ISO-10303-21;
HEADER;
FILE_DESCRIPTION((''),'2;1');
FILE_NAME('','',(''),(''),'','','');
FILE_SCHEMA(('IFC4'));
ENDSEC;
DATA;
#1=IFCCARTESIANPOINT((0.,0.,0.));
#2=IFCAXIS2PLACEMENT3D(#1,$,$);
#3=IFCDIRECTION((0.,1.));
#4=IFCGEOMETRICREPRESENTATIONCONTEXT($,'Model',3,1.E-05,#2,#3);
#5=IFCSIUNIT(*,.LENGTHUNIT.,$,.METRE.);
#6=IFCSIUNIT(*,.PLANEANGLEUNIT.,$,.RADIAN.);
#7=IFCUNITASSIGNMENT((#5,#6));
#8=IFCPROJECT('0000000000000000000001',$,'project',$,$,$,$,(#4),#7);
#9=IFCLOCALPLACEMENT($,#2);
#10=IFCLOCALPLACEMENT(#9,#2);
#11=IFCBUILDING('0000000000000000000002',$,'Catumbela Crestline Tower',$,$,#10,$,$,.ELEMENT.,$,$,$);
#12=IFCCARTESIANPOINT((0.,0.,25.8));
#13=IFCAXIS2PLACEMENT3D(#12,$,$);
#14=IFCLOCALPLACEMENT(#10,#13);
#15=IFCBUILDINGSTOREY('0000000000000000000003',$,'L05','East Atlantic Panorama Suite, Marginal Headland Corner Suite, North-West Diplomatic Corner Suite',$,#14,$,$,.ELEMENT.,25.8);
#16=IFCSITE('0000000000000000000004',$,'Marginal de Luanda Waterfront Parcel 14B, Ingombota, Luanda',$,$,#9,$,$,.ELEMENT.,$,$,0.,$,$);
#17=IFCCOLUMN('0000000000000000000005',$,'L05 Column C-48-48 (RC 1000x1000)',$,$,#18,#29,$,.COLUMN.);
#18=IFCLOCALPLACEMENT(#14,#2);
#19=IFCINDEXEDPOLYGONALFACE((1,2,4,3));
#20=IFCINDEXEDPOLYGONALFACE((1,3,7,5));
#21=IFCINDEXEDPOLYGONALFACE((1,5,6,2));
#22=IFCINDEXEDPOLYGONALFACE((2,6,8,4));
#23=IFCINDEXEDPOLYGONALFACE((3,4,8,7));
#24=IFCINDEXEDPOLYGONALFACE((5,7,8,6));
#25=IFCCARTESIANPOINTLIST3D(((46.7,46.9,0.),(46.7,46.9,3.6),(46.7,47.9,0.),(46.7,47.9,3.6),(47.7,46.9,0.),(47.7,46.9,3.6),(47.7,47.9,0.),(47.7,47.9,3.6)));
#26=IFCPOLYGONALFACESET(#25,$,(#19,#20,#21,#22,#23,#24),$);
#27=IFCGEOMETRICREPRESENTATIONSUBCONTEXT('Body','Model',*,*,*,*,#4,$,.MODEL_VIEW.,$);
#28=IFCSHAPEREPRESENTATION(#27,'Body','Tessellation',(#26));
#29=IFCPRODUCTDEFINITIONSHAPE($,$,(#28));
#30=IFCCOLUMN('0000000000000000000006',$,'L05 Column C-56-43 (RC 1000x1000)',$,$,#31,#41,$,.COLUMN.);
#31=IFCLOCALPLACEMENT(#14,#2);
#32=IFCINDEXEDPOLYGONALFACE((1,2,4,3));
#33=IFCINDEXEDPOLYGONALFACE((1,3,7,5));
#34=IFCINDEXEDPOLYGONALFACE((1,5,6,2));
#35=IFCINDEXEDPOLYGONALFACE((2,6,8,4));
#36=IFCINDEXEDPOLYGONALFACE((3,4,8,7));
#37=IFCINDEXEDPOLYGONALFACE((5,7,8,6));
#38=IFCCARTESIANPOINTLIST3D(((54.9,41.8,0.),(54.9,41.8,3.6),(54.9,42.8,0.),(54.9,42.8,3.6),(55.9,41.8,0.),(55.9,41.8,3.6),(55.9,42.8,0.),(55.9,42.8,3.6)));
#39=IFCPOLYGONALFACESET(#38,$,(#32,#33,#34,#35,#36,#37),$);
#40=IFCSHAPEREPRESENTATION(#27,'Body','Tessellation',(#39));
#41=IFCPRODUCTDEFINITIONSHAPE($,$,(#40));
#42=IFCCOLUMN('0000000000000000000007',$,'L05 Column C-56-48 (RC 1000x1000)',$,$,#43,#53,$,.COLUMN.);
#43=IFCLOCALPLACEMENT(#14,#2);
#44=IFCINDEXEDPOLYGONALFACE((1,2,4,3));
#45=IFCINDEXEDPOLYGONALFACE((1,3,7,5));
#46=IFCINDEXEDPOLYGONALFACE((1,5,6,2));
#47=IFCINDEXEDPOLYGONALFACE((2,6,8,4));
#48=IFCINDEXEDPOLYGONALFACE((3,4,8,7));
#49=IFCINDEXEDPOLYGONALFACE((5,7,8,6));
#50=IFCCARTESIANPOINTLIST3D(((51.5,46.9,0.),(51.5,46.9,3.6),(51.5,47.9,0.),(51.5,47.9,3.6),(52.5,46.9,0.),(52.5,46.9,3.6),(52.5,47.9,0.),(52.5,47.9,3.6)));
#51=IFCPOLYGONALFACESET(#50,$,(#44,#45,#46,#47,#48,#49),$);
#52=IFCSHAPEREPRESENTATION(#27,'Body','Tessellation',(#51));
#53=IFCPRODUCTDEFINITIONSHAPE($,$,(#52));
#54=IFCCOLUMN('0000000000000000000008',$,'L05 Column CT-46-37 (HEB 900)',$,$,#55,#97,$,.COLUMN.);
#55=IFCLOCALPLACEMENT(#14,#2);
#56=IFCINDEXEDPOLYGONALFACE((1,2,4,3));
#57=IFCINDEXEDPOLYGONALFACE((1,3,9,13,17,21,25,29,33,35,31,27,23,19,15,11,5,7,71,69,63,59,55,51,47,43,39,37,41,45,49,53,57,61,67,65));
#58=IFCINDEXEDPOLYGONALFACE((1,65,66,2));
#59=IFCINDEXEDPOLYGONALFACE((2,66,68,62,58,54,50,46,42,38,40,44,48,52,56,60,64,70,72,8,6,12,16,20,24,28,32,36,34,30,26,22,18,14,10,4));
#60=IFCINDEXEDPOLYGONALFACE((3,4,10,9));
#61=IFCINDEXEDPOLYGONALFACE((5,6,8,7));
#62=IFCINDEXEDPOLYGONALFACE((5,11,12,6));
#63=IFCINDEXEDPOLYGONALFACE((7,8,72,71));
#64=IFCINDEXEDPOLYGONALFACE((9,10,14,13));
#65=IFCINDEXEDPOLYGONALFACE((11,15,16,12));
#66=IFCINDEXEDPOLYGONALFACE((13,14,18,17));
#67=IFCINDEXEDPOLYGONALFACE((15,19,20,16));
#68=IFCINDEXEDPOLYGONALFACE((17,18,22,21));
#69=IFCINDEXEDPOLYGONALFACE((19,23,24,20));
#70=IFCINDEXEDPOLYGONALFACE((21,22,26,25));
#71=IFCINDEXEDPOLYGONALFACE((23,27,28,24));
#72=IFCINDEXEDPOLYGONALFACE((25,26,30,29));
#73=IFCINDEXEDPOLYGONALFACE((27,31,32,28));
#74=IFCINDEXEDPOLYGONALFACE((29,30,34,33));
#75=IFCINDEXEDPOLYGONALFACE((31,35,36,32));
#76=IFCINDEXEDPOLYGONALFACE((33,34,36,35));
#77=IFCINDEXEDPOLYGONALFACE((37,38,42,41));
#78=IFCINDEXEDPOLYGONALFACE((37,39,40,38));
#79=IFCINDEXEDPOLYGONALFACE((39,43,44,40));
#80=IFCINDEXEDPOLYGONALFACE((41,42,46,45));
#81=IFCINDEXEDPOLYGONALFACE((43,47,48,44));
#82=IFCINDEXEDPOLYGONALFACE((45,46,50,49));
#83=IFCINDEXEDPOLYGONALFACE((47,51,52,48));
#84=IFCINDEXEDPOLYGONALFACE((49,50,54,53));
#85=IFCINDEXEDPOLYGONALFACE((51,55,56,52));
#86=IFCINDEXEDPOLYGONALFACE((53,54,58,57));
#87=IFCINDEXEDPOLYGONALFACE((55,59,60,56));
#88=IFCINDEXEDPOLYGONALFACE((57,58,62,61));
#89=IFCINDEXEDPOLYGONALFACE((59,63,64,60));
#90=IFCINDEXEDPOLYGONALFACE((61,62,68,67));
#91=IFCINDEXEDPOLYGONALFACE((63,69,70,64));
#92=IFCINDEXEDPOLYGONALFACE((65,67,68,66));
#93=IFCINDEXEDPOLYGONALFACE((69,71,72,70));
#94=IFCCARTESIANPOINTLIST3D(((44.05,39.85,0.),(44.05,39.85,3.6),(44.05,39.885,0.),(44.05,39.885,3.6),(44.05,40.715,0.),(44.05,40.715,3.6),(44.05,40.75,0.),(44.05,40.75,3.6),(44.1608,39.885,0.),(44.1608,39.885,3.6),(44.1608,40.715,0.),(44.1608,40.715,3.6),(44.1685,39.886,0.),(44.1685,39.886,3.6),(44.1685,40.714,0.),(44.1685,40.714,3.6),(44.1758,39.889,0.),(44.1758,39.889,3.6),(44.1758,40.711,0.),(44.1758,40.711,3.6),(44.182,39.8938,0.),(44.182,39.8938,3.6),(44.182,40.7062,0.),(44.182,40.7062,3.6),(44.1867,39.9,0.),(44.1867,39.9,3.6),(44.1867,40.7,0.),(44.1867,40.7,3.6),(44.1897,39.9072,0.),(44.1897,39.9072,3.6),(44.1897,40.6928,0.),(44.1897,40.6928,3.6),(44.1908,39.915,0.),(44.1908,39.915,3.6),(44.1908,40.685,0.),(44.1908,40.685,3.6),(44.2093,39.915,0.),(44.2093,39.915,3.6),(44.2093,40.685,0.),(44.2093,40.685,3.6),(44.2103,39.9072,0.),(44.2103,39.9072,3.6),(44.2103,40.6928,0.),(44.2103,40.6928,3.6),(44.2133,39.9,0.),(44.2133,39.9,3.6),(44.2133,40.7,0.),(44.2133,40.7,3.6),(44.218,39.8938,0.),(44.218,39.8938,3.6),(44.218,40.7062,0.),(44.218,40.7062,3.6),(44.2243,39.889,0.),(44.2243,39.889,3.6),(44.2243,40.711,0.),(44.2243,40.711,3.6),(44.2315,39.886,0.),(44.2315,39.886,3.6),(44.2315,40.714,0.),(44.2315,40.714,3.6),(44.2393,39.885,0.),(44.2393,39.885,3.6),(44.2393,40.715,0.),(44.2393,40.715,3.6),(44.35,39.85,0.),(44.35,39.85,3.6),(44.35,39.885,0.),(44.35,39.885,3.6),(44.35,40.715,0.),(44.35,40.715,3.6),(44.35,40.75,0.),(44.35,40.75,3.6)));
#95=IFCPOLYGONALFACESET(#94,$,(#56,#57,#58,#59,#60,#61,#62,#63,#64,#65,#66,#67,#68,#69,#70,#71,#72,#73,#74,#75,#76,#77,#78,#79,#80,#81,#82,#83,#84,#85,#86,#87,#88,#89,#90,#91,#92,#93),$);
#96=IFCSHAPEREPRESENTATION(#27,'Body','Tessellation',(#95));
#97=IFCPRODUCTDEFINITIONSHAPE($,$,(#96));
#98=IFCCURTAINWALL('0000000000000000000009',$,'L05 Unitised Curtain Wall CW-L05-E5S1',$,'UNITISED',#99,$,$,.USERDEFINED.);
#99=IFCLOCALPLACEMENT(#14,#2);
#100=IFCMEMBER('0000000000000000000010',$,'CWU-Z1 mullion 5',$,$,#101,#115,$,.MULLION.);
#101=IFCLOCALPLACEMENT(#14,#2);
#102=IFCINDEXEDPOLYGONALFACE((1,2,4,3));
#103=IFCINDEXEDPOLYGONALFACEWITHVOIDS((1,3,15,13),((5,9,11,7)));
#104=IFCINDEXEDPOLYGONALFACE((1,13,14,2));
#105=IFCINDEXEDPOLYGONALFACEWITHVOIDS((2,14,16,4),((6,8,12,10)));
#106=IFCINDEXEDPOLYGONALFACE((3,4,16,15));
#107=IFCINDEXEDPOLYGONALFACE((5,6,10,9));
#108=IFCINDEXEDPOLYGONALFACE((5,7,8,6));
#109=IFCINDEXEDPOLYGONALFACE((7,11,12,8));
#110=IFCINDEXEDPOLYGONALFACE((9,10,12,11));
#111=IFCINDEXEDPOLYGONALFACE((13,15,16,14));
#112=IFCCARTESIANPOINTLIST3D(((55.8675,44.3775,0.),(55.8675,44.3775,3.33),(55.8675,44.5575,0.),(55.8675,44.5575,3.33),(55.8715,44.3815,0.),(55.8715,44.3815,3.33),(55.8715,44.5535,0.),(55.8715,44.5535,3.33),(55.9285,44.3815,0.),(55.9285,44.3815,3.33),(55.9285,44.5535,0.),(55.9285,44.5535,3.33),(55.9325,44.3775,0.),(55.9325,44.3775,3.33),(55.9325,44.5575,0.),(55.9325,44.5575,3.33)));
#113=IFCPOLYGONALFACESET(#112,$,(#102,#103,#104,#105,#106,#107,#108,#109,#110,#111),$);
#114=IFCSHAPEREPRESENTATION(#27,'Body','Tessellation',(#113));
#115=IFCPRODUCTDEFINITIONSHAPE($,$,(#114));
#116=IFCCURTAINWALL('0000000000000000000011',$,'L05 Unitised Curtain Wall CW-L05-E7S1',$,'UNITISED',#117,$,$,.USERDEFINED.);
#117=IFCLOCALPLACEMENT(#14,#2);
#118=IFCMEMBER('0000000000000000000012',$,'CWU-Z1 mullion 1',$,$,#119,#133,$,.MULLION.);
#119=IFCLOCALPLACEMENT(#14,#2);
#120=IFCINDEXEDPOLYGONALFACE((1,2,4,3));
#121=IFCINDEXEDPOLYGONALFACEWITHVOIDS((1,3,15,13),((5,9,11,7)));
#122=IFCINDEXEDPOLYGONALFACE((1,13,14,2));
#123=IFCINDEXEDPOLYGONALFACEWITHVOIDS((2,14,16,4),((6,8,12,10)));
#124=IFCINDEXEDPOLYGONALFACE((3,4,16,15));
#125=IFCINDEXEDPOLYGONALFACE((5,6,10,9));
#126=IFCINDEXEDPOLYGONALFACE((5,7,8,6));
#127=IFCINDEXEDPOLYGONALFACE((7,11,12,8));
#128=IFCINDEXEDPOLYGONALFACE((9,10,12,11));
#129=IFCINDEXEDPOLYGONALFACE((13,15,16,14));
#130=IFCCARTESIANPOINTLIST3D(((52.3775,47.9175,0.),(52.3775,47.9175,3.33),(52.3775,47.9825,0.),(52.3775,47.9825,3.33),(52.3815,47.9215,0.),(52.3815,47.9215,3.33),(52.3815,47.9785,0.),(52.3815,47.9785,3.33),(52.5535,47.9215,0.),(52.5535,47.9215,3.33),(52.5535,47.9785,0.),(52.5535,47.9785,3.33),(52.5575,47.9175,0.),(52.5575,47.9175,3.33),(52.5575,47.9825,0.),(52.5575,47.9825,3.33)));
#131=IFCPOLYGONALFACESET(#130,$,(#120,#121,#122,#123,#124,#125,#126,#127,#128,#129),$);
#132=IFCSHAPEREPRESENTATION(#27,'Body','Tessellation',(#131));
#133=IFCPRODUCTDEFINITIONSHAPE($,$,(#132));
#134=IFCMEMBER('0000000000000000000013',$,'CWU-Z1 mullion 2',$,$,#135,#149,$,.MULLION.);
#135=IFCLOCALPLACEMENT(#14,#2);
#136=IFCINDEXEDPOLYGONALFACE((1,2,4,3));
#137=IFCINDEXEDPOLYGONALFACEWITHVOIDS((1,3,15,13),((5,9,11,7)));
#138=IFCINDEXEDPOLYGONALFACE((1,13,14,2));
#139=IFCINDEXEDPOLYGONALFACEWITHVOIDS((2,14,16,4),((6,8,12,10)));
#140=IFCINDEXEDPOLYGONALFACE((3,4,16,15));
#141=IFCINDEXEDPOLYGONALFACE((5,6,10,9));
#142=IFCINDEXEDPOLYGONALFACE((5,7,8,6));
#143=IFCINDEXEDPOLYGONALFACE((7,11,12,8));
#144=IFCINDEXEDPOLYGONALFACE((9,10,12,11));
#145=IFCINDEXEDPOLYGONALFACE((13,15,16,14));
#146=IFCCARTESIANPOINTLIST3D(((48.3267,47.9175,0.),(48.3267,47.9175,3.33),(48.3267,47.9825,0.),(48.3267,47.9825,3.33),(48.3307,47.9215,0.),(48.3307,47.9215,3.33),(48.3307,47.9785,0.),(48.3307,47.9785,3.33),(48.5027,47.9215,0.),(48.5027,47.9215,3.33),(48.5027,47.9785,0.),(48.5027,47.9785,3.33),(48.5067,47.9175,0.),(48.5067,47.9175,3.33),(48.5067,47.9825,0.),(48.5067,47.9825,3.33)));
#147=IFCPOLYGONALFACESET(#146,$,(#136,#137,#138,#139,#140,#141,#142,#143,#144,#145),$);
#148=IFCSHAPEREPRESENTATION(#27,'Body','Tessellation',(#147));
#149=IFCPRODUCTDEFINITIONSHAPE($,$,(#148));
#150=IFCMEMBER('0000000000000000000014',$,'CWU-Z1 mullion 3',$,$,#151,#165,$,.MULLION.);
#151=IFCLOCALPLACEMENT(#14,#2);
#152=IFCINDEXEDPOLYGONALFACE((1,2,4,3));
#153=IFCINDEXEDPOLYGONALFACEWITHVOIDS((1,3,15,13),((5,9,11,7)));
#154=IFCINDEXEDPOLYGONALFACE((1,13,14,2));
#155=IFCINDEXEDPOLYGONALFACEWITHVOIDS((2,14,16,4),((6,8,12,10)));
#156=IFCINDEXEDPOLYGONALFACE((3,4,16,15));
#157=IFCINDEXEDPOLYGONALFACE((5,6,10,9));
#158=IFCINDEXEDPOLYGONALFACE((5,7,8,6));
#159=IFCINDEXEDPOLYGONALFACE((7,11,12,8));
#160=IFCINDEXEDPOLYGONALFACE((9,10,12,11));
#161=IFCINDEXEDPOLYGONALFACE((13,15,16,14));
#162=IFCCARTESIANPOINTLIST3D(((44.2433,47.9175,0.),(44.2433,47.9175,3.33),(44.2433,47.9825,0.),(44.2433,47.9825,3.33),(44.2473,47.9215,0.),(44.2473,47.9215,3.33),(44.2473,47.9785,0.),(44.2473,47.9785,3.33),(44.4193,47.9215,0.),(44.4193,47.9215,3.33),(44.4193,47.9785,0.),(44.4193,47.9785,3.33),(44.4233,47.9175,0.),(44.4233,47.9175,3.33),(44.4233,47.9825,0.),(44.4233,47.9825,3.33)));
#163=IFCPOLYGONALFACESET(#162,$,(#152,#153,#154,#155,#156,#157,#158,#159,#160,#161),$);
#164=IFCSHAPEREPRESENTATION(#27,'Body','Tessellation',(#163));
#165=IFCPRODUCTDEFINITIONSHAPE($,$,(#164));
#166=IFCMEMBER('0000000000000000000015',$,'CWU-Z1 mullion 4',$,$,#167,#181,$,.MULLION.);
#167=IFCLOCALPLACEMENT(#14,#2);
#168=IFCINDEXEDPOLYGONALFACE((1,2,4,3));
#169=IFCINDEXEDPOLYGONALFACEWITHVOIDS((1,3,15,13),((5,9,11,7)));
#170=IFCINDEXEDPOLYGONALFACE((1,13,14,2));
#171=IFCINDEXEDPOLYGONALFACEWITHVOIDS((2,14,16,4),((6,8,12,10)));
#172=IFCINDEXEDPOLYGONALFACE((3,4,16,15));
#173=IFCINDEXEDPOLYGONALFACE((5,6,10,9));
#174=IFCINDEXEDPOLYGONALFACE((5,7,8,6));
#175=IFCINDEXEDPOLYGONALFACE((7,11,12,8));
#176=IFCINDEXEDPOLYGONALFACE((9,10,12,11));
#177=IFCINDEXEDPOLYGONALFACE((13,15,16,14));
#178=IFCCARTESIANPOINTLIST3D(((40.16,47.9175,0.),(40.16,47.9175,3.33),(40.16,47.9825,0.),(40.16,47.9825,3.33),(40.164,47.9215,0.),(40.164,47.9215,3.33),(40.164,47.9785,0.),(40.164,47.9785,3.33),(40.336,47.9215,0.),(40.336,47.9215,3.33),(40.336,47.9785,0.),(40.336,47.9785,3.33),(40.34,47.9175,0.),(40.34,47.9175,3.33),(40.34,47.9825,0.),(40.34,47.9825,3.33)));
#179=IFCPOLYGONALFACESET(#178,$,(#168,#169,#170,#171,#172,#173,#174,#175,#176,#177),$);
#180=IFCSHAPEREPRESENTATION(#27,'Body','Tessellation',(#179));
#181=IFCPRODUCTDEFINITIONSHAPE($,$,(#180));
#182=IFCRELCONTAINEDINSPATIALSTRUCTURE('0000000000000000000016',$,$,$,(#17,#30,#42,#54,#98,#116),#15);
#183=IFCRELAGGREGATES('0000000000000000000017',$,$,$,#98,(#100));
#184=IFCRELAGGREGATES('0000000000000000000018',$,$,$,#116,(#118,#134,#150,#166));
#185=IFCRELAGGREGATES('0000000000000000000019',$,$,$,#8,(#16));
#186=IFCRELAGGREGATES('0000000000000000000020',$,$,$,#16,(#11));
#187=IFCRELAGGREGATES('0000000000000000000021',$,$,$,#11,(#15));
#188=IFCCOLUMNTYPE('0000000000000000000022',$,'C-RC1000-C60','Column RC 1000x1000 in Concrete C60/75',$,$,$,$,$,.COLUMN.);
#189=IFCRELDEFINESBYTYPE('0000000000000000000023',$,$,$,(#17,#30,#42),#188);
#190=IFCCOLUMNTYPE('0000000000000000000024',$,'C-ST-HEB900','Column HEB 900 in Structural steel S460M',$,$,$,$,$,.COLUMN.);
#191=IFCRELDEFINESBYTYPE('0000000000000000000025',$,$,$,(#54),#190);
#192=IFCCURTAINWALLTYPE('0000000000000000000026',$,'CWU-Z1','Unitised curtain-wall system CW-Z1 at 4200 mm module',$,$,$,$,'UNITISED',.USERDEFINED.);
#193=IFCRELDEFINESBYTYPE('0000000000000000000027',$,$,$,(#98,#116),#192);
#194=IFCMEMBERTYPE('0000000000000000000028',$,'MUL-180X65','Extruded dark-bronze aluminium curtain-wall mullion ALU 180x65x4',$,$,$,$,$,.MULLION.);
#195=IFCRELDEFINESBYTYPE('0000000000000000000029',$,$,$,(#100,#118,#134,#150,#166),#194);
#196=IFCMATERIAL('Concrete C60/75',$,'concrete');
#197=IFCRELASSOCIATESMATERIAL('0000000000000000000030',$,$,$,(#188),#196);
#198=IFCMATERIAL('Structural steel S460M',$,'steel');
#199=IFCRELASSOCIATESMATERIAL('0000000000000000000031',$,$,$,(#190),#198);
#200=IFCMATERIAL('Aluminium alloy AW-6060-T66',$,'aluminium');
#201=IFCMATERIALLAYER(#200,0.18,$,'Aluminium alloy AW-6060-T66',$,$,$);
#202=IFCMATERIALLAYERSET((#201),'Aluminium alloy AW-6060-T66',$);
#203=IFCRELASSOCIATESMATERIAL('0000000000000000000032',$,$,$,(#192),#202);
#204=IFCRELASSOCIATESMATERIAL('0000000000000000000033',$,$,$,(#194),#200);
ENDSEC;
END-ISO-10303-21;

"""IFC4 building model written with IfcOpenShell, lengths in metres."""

from ifc_helpers import new_model, si_unit, direction, frame, origin, origin_2d, place, context, subcontext, project, spatial, rectangle, hollow_rectangle, i_section, extrude, material, layer, layer_set, material_profile, profile_set, type_object, element, aggregate, save


model = new_model("IFC4")

# Units and contexts
model_context = context("Model", 3, precision=1e-05, world=origin(), true_north=direction((0.0, 1.0)))
body_context = subcontext(model_context, "Body", "Model", "MODEL_VIEW")
ifc_project = project(units=[si_unit("LENGTHUNIT", "METRE"), si_unit("PLANEANGLEUNIT", "RADIAN")], contexts=[model_context])

# Site, building, storey
site_placement = place(None, origin())
site = spatial("IfcSite", under=ifc_project, at=site_placement, Name="Marginal de Luanda Waterfront Parcel 14B, Ingombota, Luanda", CompositionType="ELEMENT", RefElevation=0.0)
building_placement = place(site_placement, origin())
building = spatial("IfcBuilding", under=site, at=building_placement, Name="Catumbela Crestline Tower", CompositionType="ELEMENT")
storey_placement = place(building_placement, frame((0.0, 0.0, 25.8)))
storey = spatial("IfcBuildingStorey", under=building, at=storey_placement, Name="L05", Description="East Atlantic Panorama Suite, Marginal Headland Corner Suite, North-West Diplomatic Corner Suite", CompositionType="ELEMENT", Elevation=25.8)

# Columns
ifc_material_1 = material(Name="Concrete C60/75", Category="concrete")
ifc_material_profile_1 = material_profile(ifc_material_1, rectangle(XDim=1.0, YDim=1.0, at=origin_2d()), Name="RC 1000x1000")
ifc_profile_set_1 = profile_set([ifc_material_profile_1], Name="Concrete C60/75")
column_type_1 = type_object("IfcColumnType", Name="C-RC1000-C60", Description="Column RC 1000x1000 in Concrete C60/75", PredefinedType="COLUMN", material=ifc_profile_set_1)
for number, where, z_axis, x_axis, name in (
    (1, (47.2, 47.4, 0.0), (0.0, 0.0, 1.0), (1.0, 0.0, 0.0), "L05 Column C-48-48 (RC 1000x1000)"),
    (2, (55.4, 42.3, 0.0), (0.0, 0.0, 1.0), (1.0, 0.0, 0.0), "L05 Column C-56-43 (RC 1000x1000)"),
    (3, (52.0, 47.4, 0.0), (0.0, 0.0, 1.0), (1.0, 0.0, 0.0), "L05 Column C-56-48 (RC 1000x1000)"),
):
    element("IfcColumn", number, at=place(storey_placement, frame(where, z_axis=z_axis, x_axis=x_axis)), inside=storey, type_object=column_type_1, Name=name, PredefinedType="COLUMN", context=body_context, shape_type="SweptSolid", body=[
        extrude(rectangle(XDim=1.0, YDim=1.0, at=origin_2d()), origin(), (0.0, 0.0, 1.0), 3.6),
    ])
ifc_material_2 = material(Name="Structural steel S460M", Category="steel")
ifc_material_profile_2 = material_profile(ifc_material_2, i_section(OverallWidth=0.3, OverallDepth=0.9, WebThickness=0.0185, FlangeThickness=0.035, FilletRadius=0.03, at=origin_2d()), Name="HEB 900")
ifc_profile_set_2 = profile_set([ifc_material_profile_2], Name="Structural steel S460M")
column_type_2 = type_object("IfcColumnType", Name="C-ST-HEB900", Description="Column HEB 900 in Structural steel S460M", PredefinedType="COLUMN", material=ifc_profile_set_2)
column_placement = place(storey_placement, frame((44.2, 40.3, 0.0), z_axis=(0.0, 0.0, 1.0), x_axis=(1.0, 0.0, 0.0)))
element("IfcColumn", 4, at=column_placement, inside=storey, type_object=column_type_2, Name="L05 Column CT-46-37 (HEB 900)", PredefinedType="COLUMN", context=body_context, shape_type="SweptSolid", body=[
    extrude(i_section(OverallWidth=0.3, OverallDepth=0.9, WebThickness=0.0185, FlangeThickness=0.035, FilletRadius=0.03, at=origin_2d()), origin(), (0.0, 0.0, 1.0), 3.6),
])

# Curtain wall, member
ifc_material_3 = material(Name="Aluminium alloy AW-6060-T66", Category="aluminium")
ifc_layer_1 = layer(ifc_material_3, 0.18, Name="Aluminium alloy AW-6060-T66")
ifc_layer_set_1 = layer_set([ifc_layer_1], Name="Aluminium alloy AW-6060-T66")
curtain_wall_type = type_object("IfcCurtainWallType", Name="CWU-Z1", Description="Unitised curtain-wall system CW-Z1 at 4200 mm module", ElementType="UNITISED", PredefinedType="USERDEFINED", material=ifc_layer_set_1)
curtain_wall_1_placement = place(storey_placement, origin())
curtain_wall_1 = element("IfcCurtainWall", 5, at=curtain_wall_1_placement, inside=storey, type_object=curtain_wall_type, Name="L05 Unitised Curtain Wall CW-L05-E5S1", ObjectType="UNITISED", PredefinedType="USERDEFINED")
ifc_material_profile_3 = material_profile(ifc_material_3, hollow_rectangle(XDim=0.065, YDim=0.18, WallThickness=0.004, at=origin_2d()), Name="ALU 180x65x4")
ifc_profile_set_3 = profile_set([ifc_material_profile_3], Name="Aluminium alloy AW-6060-T66")
member_type_1 = type_object("IfcMemberType", Name="MUL-180X65", Description="Extruded dark-bronze aluminium curtain-wall mullion ALU 180x65x4", PredefinedType="MULLION", material=ifc_profile_set_3)
member_1_placement = place(storey_placement, frame((55.9, 44.4675, 0.0), z_axis=(0.0, 0.0, 1.0), x_axis=(-1.0, 0.0, 0.0)))
member_1 = element("IfcMember", 6, at=member_1_placement, type_object=member_type_1, Name="CWU-Z1 mullion 5", PredefinedType="MULLION", context=body_context, shape_type="SweptSolid", body=[
    extrude(hollow_rectangle(XDim=0.065, YDim=0.18, WallThickness=0.004, at=origin_2d()), origin(), (0.0, 0.0, 1.0), 3.33),
])

# Curtain wall, members
curtain_wall_2_placement = place(storey_placement, origin())
curtain_wall_2 = element("IfcCurtainWall", 7, at=curtain_wall_2_placement, inside=storey, type_object=curtain_wall_type, Name="L05 Unitised Curtain Wall CW-L05-E7S1", ObjectType="UNITISED", PredefinedType="USERDEFINED")
member_2_placement = place(storey_placement, frame((52.4675, 47.95, 0.0), z_axis=(0.0, 0.0, 1.0), x_axis=(0.0, -1.0, 0.0)))
member_2 = element("IfcMember", 8, at=member_2_placement, type_object=member_type_1, Name="CWU-Z1 mullion 1", PredefinedType="MULLION", context=body_context, shape_type="SweptSolid", body=[
    extrude(hollow_rectangle(XDim=0.065, YDim=0.18, WallThickness=0.004, at=origin_2d()), origin(), (0.0, 0.0, 1.0), 3.33),
])
member_3_placement = place(storey_placement, frame((48.4167, 47.95, 0.0), z_axis=(0.0, 0.0, 1.0), x_axis=(0.0, -1.0, 0.0)))
member_3 = element("IfcMember", 9, at=member_3_placement, type_object=member_type_1, Name="CWU-Z1 mullion 2", PredefinedType="MULLION", context=body_context, shape_type="SweptSolid", body=[
    extrude(hollow_rectangle(XDim=0.065, YDim=0.18, WallThickness=0.004, at=origin_2d()), origin(), (0.0, 0.0, 1.0), 3.33),
])
member_4_placement = place(storey_placement, frame((44.3333, 47.95, 0.0), z_axis=(0.0, 0.0, 1.0), x_axis=(0.0, -1.0, 0.0)))
member_4 = element("IfcMember", 10, at=member_4_placement, type_object=member_type_1, Name="CWU-Z1 mullion 3", PredefinedType="MULLION", context=body_context, shape_type="SweptSolid", body=[
    extrude(hollow_rectangle(XDim=0.065, YDim=0.18, WallThickness=0.004, at=origin_2d()), origin(), (0.0, 0.0, 1.0), 3.33),
])
member_5_placement = place(storey_placement, frame((40.25, 47.95, 0.0), z_axis=(0.0, 0.0, 1.0), x_axis=(0.0, -1.0, 0.0)))
member_5 = element("IfcMember", 11, at=member_5_placement, type_object=member_type_1, Name="CWU-Z1 mullion 4", PredefinedType="MULLION", context=body_context, shape_type="SweptSolid", body=[
    extrude(hollow_rectangle(XDim=0.065, YDim=0.18, WallThickness=0.004, at=origin_2d()), origin(), (0.0, 0.0, 1.0), 3.33),
])

aggregate(curtain_wall_1, [member_1])
aggregate(curtain_wall_2, [member_2, member_3, member_4, member_5])

save(model, "model.ifc")
